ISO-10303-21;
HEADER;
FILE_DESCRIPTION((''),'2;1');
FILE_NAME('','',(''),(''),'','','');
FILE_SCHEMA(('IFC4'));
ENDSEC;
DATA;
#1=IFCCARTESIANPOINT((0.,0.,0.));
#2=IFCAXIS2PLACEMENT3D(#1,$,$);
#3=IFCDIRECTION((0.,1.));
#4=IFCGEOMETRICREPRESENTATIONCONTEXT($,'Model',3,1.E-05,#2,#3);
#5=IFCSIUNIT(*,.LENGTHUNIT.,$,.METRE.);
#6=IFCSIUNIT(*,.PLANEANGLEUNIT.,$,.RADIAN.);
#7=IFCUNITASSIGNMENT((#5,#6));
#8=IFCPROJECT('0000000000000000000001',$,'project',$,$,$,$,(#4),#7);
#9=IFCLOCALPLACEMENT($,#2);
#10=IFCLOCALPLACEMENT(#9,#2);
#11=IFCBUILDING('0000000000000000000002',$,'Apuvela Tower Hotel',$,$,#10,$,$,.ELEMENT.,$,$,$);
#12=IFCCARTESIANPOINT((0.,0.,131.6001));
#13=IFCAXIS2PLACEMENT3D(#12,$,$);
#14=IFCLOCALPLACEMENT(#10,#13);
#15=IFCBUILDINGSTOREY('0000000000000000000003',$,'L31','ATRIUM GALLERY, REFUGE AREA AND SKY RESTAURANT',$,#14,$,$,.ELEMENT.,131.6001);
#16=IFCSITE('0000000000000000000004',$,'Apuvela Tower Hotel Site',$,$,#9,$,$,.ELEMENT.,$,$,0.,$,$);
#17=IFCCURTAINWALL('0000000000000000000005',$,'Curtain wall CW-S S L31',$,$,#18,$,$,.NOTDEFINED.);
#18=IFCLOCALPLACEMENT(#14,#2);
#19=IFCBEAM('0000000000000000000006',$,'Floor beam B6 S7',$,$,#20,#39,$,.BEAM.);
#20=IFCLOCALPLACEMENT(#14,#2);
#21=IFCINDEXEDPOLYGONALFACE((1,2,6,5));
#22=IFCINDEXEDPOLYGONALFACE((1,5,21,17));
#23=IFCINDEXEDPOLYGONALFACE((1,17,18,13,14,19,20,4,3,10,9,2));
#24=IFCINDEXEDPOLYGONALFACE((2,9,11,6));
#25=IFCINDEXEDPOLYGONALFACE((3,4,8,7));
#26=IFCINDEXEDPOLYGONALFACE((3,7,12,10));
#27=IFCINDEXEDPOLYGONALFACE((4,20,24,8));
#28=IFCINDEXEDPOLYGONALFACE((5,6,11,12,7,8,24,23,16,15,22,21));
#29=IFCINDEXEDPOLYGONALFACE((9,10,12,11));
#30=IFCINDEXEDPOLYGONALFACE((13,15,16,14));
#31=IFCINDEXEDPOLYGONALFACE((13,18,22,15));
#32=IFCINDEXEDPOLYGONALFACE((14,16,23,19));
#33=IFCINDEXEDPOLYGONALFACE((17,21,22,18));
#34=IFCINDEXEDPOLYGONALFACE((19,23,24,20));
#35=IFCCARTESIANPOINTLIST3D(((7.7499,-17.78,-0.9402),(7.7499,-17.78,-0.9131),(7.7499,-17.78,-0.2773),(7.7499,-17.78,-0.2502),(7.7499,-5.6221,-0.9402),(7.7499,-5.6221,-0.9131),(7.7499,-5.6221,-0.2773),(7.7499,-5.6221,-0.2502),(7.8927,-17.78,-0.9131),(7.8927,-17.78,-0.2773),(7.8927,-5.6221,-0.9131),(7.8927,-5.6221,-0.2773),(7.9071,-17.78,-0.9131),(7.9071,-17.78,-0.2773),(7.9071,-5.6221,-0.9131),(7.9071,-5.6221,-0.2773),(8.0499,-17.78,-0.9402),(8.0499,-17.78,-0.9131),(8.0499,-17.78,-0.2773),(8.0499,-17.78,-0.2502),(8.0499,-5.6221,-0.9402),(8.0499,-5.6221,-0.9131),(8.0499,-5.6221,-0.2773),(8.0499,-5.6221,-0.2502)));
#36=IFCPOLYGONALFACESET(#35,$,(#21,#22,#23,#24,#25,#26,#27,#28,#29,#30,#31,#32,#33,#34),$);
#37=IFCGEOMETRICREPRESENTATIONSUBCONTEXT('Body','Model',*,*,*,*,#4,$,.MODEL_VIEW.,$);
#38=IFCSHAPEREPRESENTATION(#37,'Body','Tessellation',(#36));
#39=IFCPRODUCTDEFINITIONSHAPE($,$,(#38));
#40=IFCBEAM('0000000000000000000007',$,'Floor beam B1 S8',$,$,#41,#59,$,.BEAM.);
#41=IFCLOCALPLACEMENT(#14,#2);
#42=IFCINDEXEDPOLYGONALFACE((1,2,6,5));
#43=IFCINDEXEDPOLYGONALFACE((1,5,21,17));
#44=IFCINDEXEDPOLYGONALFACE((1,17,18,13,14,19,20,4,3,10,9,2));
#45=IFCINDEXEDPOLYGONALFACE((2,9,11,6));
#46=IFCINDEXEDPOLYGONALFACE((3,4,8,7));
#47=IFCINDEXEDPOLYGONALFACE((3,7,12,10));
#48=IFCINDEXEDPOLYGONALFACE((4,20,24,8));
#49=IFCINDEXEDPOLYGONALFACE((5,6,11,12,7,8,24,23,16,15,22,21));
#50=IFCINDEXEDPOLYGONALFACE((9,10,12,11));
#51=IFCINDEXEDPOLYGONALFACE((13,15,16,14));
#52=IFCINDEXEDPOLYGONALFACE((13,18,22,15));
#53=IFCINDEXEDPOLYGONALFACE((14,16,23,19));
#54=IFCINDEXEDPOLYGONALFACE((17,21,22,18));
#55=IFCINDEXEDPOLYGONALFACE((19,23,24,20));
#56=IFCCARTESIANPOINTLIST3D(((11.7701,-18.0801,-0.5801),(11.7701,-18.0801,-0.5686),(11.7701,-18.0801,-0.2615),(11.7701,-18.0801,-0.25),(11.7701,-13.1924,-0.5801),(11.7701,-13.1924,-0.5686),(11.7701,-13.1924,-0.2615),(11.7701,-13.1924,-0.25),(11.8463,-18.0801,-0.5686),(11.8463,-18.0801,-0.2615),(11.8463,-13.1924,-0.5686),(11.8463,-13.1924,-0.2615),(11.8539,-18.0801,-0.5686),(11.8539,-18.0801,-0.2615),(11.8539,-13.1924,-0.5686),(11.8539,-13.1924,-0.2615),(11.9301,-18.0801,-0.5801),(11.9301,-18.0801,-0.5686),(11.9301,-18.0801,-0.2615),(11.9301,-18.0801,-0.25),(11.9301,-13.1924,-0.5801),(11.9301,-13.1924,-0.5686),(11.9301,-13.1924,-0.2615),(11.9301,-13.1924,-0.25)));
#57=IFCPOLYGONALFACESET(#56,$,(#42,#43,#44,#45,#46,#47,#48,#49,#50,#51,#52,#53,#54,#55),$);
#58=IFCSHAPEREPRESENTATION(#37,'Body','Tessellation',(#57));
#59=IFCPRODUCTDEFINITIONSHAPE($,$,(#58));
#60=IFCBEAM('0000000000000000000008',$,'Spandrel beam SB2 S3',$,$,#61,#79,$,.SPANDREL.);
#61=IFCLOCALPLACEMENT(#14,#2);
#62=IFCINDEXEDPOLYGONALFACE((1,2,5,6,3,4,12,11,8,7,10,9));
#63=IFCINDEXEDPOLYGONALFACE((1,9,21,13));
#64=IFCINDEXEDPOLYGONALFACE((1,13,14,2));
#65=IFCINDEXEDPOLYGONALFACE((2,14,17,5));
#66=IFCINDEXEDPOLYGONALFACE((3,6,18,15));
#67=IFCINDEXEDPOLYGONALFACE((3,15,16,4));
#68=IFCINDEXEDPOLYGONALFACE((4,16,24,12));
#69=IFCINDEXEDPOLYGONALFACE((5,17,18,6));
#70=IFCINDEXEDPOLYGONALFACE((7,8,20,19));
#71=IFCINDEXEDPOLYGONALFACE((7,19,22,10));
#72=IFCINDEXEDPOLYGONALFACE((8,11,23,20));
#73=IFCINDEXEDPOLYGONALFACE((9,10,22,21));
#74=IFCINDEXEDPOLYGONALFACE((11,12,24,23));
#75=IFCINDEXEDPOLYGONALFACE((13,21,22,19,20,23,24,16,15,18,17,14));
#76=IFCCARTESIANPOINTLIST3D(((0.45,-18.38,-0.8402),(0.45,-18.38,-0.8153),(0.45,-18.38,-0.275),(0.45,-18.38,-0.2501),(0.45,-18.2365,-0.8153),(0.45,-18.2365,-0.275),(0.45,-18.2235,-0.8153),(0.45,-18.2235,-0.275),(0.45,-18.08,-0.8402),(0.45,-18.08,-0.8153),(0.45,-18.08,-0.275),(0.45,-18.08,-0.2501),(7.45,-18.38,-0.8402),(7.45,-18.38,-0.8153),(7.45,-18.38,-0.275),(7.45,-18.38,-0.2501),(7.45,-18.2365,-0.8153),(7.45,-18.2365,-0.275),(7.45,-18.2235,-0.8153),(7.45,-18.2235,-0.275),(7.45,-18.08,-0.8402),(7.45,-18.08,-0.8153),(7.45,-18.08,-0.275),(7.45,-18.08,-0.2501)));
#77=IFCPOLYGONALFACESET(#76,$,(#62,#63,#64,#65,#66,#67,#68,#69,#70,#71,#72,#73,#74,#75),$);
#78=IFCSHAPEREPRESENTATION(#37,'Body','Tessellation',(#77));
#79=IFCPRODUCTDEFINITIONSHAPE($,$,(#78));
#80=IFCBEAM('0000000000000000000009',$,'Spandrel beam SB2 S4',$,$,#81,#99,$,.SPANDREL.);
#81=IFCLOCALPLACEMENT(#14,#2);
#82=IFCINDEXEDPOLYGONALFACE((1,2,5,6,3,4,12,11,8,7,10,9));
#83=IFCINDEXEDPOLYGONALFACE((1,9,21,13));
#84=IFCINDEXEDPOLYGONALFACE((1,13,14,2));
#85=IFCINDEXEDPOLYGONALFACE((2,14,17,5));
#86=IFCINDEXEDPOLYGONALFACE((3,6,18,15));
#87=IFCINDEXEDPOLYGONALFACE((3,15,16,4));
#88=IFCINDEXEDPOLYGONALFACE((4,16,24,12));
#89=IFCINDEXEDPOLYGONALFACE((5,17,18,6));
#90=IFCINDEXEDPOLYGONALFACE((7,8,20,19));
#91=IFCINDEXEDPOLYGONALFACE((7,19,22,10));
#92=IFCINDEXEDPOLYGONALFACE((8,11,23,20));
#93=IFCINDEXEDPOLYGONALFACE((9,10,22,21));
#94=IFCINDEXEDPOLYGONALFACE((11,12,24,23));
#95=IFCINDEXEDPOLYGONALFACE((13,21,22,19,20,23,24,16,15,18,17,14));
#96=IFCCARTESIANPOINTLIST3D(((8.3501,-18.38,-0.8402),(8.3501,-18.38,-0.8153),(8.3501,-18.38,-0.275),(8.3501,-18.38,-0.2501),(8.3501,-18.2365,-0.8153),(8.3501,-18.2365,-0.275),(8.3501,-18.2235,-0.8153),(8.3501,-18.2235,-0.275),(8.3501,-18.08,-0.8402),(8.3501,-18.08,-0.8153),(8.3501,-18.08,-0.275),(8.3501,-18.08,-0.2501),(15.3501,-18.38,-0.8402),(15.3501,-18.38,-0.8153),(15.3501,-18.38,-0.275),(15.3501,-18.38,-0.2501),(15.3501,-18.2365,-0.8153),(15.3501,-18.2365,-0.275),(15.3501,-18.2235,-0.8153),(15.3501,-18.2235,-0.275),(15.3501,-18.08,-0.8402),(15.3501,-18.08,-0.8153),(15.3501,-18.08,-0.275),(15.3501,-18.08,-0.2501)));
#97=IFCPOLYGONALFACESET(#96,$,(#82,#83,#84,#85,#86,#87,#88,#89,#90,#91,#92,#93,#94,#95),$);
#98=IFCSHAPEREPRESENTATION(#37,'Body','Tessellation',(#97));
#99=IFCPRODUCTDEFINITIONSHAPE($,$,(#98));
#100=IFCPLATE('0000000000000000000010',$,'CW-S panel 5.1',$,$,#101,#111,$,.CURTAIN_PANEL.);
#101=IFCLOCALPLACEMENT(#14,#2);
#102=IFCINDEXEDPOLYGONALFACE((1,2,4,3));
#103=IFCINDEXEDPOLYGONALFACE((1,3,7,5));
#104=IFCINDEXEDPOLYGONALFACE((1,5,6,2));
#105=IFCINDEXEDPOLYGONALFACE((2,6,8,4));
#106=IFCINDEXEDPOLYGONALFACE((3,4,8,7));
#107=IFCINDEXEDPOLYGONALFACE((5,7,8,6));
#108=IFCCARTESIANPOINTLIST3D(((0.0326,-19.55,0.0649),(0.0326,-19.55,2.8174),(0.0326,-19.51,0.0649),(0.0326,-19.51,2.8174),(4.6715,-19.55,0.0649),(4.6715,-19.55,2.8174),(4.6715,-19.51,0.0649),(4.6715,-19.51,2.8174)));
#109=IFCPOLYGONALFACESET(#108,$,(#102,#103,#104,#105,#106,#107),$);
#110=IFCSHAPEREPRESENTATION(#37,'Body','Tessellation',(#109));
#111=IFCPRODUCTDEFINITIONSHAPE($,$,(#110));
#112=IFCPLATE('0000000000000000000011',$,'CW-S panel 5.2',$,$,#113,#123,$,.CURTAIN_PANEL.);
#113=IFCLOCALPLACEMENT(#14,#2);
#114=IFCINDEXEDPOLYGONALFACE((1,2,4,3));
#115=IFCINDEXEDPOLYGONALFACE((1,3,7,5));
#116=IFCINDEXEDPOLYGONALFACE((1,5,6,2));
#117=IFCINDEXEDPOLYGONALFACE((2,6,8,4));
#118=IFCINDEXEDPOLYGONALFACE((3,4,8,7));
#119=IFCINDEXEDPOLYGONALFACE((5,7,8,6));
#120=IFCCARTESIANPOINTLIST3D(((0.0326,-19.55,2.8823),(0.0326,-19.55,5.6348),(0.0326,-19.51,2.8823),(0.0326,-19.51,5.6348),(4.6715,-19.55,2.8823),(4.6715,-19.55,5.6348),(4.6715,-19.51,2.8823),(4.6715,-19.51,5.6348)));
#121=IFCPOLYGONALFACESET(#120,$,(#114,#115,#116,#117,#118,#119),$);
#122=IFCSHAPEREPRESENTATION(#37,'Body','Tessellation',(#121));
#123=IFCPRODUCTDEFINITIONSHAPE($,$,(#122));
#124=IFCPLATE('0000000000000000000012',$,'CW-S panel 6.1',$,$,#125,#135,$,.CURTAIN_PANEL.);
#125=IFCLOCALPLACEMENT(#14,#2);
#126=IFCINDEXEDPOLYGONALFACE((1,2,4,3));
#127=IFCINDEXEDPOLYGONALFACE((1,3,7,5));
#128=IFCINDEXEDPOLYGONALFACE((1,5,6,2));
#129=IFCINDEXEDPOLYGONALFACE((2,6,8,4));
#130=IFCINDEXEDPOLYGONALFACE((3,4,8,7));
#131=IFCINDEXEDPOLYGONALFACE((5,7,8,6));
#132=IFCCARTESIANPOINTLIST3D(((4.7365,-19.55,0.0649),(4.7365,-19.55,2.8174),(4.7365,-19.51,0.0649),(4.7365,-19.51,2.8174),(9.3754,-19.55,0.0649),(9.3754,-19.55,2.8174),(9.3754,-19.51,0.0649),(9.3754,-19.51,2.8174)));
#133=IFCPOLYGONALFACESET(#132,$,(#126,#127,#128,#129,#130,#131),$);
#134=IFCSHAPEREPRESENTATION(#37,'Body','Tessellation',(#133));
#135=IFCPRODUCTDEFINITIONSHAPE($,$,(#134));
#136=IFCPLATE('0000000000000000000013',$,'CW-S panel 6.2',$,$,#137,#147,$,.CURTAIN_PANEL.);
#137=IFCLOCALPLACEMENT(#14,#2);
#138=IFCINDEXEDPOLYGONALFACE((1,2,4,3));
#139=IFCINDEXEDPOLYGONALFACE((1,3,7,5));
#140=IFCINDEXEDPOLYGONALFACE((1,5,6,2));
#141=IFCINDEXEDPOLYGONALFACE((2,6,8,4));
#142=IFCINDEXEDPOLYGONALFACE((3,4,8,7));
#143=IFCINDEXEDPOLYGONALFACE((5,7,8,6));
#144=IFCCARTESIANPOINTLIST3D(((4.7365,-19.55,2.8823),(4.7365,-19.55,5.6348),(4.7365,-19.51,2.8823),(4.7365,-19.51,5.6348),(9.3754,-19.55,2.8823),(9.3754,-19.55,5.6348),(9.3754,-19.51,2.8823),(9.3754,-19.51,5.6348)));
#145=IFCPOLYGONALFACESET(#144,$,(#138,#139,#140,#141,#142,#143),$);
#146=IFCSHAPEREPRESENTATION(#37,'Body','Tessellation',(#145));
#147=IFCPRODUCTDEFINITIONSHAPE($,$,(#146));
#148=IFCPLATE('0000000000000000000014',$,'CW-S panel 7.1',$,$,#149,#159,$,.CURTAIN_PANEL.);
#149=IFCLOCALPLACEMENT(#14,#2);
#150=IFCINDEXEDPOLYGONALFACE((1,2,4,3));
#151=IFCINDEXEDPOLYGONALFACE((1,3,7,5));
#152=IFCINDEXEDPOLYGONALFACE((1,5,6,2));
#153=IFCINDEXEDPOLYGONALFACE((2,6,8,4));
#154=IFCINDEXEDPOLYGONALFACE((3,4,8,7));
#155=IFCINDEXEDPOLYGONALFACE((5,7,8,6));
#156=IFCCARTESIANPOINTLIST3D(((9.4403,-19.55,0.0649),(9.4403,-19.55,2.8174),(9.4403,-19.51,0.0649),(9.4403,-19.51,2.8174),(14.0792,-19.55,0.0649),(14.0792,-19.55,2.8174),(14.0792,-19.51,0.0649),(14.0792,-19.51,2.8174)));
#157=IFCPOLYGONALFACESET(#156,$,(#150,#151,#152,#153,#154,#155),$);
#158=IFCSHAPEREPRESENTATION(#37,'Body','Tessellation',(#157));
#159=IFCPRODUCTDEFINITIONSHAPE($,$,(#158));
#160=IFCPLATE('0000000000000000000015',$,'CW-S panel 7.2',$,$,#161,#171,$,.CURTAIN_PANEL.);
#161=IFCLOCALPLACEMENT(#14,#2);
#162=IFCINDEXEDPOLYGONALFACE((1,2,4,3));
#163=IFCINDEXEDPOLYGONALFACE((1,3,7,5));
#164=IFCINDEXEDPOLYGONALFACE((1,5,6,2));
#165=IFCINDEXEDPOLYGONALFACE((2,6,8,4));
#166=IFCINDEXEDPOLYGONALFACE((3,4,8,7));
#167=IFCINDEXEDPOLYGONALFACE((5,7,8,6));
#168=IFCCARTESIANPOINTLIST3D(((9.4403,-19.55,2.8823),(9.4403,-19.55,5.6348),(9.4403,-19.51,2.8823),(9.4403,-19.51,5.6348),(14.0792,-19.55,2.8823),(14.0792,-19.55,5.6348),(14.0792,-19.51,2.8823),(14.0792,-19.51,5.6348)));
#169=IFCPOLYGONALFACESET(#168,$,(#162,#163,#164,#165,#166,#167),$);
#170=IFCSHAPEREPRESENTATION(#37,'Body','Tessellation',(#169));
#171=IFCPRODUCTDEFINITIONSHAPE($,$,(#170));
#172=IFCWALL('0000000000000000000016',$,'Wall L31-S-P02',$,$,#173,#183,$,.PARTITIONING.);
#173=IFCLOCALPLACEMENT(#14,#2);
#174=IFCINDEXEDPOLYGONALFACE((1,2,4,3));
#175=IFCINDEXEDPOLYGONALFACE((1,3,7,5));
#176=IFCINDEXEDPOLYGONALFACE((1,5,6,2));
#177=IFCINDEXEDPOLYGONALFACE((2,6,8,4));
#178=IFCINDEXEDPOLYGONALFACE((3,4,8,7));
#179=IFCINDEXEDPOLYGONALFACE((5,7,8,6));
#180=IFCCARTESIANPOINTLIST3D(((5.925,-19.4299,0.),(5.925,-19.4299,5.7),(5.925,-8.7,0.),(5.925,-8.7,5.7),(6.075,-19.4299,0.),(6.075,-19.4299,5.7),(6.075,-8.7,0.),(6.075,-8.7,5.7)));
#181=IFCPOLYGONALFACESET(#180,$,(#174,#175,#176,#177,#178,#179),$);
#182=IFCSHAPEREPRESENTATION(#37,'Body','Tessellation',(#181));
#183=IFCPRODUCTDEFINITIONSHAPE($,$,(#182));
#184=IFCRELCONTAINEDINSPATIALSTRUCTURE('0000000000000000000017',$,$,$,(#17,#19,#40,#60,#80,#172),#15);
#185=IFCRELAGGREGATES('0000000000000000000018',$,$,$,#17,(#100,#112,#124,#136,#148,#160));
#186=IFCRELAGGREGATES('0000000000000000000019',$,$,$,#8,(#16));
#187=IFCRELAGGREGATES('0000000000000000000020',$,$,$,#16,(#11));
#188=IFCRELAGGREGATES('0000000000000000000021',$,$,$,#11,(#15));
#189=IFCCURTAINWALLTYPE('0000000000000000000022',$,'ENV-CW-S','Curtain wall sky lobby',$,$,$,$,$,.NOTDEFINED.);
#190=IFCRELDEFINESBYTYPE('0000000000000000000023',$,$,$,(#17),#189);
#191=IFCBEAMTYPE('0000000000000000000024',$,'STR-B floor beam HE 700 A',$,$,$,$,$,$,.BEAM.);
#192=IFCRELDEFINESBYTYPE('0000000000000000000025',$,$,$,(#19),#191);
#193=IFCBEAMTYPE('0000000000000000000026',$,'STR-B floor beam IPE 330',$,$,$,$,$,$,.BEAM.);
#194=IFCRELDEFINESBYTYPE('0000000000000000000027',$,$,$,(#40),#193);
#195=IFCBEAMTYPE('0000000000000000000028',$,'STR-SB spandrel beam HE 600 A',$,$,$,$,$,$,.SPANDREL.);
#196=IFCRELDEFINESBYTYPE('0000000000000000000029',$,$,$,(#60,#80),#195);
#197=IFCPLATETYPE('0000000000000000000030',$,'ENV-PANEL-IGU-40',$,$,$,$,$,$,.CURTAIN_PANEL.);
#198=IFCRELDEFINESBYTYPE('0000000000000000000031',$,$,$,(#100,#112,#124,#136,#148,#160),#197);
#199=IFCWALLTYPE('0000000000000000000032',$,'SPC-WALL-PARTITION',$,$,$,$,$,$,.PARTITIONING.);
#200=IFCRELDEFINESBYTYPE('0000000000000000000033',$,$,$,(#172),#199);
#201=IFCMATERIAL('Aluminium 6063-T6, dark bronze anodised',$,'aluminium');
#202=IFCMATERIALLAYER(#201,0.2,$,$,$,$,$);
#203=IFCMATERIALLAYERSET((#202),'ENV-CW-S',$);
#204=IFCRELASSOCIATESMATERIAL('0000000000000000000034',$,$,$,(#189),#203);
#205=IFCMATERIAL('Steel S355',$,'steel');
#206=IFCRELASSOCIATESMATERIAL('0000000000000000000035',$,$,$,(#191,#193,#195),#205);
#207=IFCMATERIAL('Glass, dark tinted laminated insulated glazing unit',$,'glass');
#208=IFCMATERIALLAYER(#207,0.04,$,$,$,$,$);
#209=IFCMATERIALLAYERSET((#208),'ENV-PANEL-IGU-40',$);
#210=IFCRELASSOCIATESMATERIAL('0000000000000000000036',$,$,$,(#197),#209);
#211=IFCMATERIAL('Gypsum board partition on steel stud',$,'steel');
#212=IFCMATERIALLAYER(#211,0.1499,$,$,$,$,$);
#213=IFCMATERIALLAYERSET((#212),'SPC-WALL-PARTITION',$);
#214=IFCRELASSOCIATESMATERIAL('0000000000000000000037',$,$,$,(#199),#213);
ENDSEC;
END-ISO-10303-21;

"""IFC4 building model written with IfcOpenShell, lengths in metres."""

from ifc_helpers import new_model, si_unit, direction, frame, frame_2d, origin, origin_2d, place, context, subcontext, project, spatial, rectangle, i_section, extrude, material, layer, layer_set, material_profile, profile_set, type_object, element, aggregate, save


model = new_model("IFC4")

# Units and contexts
model_context = context("Model", 3, precision=1e-05, world=origin(), true_north=direction((0.0, 1.0)))
body_context = subcontext(model_context, "Body", "Model", "MODEL_VIEW")
ifc_project = project(units=[si_unit("LENGTHUNIT", "METRE"), si_unit("PLANEANGLEUNIT", "RADIAN")], contexts=[model_context])

# Site, building, storey
site_placement = place(None, origin())
site = spatial("IfcSite", under=ifc_project, at=site_placement, Name="Apuvela Tower Hotel Site", CompositionType="ELEMENT", RefElevation=0.0)
building_placement = place(site_placement, origin())
building = spatial("IfcBuilding", under=site, at=building_placement, Name="Apuvela Tower Hotel", CompositionType="ELEMENT")
storey_placement = place(building_placement, frame((0.0, 0.0, 131.6001)))
storey = spatial("IfcBuildingStorey", under=building, at=storey_placement, Name="L31", Description="ATRIUM GALLERY, REFUGE AREA AND SKY RESTAURANT", CompositionType="ELEMENT", Elevation=131.6001)

# Curtain wall
ifc_material_1 = material(Name="Aluminium 6063-T6, dark bronze anodised", Category="aluminium")
ifc_layer_1 = layer(ifc_material_1, 0.2)
ifc_layer_set_1 = layer_set([ifc_layer_1], Name="ENV-CW-S")
curtain_wall_type = type_object("IfcCurtainWallType", Name="ENV-CW-S", Description="Curtain wall sky lobby", PredefinedType="NOTDEFINED", material=ifc_layer_set_1)
curtain_wall_placement = place(storey_placement, origin())
curtain_wall = element("IfcCurtainWall", 1, at=curtain_wall_placement, inside=storey, type_object=curtain_wall_type, Name="Curtain wall CW-S S L31", PredefinedType="NOTDEFINED")

# Beams
ifc_material_2 = material(Name="Steel S355", Category="steel")
ifc_material_profile_1 = material_profile(ifc_material_2, i_section(OverallWidth=0.3, OverallDepth=0.6899, WebThickness=0.0144, FlangeThickness=0.0271, at=origin_2d()), Name="HE 700 A")
ifc_profile_set_1 = profile_set([ifc_material_profile_1], Name="Steel S355")
beam_type_1 = type_object("IfcBeamType", Name="STR-B floor beam HE 700 A", PredefinedType="BEAM", material=ifc_profile_set_1)
beam_1_placement = place(storey_placement, frame((7.8999, -17.78, -0.5952), z_axis=(0.0, 1.0, 0.0), x_axis=(-1.0, 0.0, 0.0)))
element("IfcBeam", 2, at=beam_1_placement, inside=storey, type_object=beam_type_1, Name="Floor beam B6 S7", PredefinedType="BEAM", context=body_context, shape_type="SweptSolid", body=[
    extrude(i_section(OverallWidth=0.3, OverallDepth=0.6899, WebThickness=0.0144, FlangeThickness=0.0271, at=origin_2d()), origin(), (0.0, 0.0, 1.0), 12.158),
])
ifc_material_profile_2 = material_profile(ifc_material_2, i_section(OverallWidth=0.1599, OverallDepth=0.3301, WebThickness=0.0076, FlangeThickness=0.0115, at=origin_2d()), Name="IPE 330")
ifc_profile_set_2 = profile_set([ifc_material_profile_2], Name="Steel S355")
beam_type_2 = type_object("IfcBeamType", Name="STR-B floor beam IPE 330", PredefinedType="BEAM", material=ifc_profile_set_2)
beam_2_placement = place(storey_placement, frame((11.8501, -18.0801, -0.415), z_axis=(0.0, 1.0, 0.0), x_axis=(-1.0, 0.0, 0.0)))
element("IfcBeam", 3, at=beam_2_placement, inside=storey, type_object=beam_type_2, Name="Floor beam B1 S8", PredefinedType="BEAM", context=body_context, shape_type="SweptSolid", body=[
    extrude(i_section(OverallWidth=0.1599, OverallDepth=0.3301, WebThickness=0.0076, FlangeThickness=0.0115, at=origin_2d()), origin(), (0.0, 0.0, 1.0), 4.8877),
])
ifc_material_profile_3 = material_profile(ifc_material_2, i_section(OverallWidth=0.3, OverallDepth=0.5901, WebThickness=0.0129, FlangeThickness=0.0249, at=origin_2d()), Name="HE 600 A")
ifc_profile_set_3 = profile_set([ifc_material_profile_3], Name="Steel S355")
beam_type_3 = type_object("IfcBeamType", Name="STR-SB spandrel beam HE 600 A", PredefinedType="SPANDREL", material=ifc_profile_set_3)
for number, where, z_axis, x_axis, name in (
    (4, (0.45, -18.23, -0.5452), (1.0, 0.0, 0.0), (0.0, 1.0, 0.0), "Spandrel beam SB2 S3"),
    (5, (8.3501, -18.23, -0.5452), (1.0, 0.0, 0.0), (0.0, 1.0, 0.0), "Spandrel beam SB2 S4"),
):
    element("IfcBeam", number, at=place(storey_placement, frame(where, z_axis=z_axis, x_axis=x_axis)), inside=storey, type_object=beam_type_3, Name=name, PredefinedType="SPANDREL", context=body_context, shape_type="SweptSolid", body=[
        extrude(i_section(OverallWidth=0.3, OverallDepth=0.5901, WebThickness=0.0129, FlangeThickness=0.0249, at=origin_2d()), origin(), (0.0, 0.0, 1.0), 7.0),
    ])

# Plates
ifc_material_3 = material(Name="Glass, dark tinted laminated insulated glazing unit", Category="glass")
ifc_layer_2 = layer(ifc_material_3, 0.04)
ifc_layer_set_2 = layer_set([ifc_layer_2], Name="ENV-PANEL-IGU-40")
plate_type = type_object("IfcPlateType", Name="ENV-PANEL-IGU-40", PredefinedType="CURTAIN_PANEL", material=ifc_layer_set_2)
plate_1_placement = place(storey_placement, frame((2.3521, -19.53, 0.0649), z_axis=(0.0, 0.0, 1.0), x_axis=(1.0, 0.0, 0.0)))
plate_1 = element("IfcPlate", 6, at=plate_1_placement, type_object=plate_type, Name="CW-S panel 5.1", PredefinedType="CURTAIN_PANEL", context=body_context, shape_type="SweptSolid", body=[
    extrude(rectangle(XDim=4.6389, YDim=0.04, at=origin_2d()), origin(), (0.0, 0.0, 1.0), 2.7524),
])
plate_2_placement = place(storey_placement, frame((2.3521, -19.53, 2.8823), z_axis=(0.0, 0.0, 1.0), x_axis=(1.0, 0.0, 0.0)))
plate_2 = element("IfcPlate", 7, at=plate_2_placement, type_object=plate_type, Name="CW-S panel 5.2", PredefinedType="CURTAIN_PANEL", context=body_context, shape_type="SweptSolid", body=[
    extrude(rectangle(XDim=4.6389, YDim=0.04, at=origin_2d()), origin(), (0.0, 0.0, 1.0), 2.7524),
])
plate_3_placement = place(storey_placement, frame((7.0559, -19.53, 0.0649), z_axis=(0.0, 0.0, 1.0), x_axis=(1.0, 0.0, 0.0)))
plate_3 = element("IfcPlate", 8, at=plate_3_placement, type_object=plate_type, Name="CW-S panel 6.1", PredefinedType="CURTAIN_PANEL", context=body_context, shape_type="SweptSolid", body=[
    extrude(rectangle(XDim=4.6389, YDim=0.04, at=origin_2d()), origin(), (0.0, 0.0, 1.0), 2.7524),
])
plate_4_placement = place(storey_placement, frame((7.0559, -19.53, 2.8823), z_axis=(0.0, 0.0, 1.0), x_axis=(1.0, 0.0, 0.0)))
plate_4 = element("IfcPlate", 9, at=plate_4_placement, type_object=plate_type, Name="CW-S panel 6.2", PredefinedType="CURTAIN_PANEL", context=body_context, shape_type="SweptSolid", body=[
    extrude(rectangle(XDim=4.6389, YDim=0.04, at=origin_2d()), origin(), (0.0, 0.0, 1.0), 2.7524),
])
plate_5_placement = place(storey_placement, frame((11.7598, -19.53, 0.0649), z_axis=(0.0, 0.0, 1.0), x_axis=(1.0, 0.0, 0.0)))
plate_5 = element("IfcPlate", 10, at=plate_5_placement, type_object=plate_type, Name="CW-S panel 7.1", PredefinedType="CURTAIN_PANEL", context=body_context, shape_type="SweptSolid", body=[
    extrude(rectangle(XDim=4.6389, YDim=0.04, at=origin_2d()), origin(), (0.0, 0.0, 1.0), 2.7524),
])
plate_6_placement = place(storey_placement, frame((11.7598, -19.53, 2.8823), z_axis=(0.0, 0.0, 1.0), x_axis=(1.0, 0.0, 0.0)))
plate_6 = element("IfcPlate", 11, at=plate_6_placement, type_object=plate_type, Name="CW-S panel 7.2", PredefinedType="CURTAIN_PANEL", context=body_context, shape_type="SweptSolid", body=[
    extrude(rectangle(XDim=4.6389, YDim=0.04, at=origin_2d()), origin(), (0.0, 0.0, 1.0), 2.7524),
])
aggregate(curtain_wall, [plate_1, plate_2, plate_3, plate_4, plate_5, plate_6])

# Wall
ifc_material_4 = material(Name="Gypsum board partition on steel stud", Category="steel")
ifc_layer_3 = layer(ifc_material_4, 0.1499)
ifc_layer_set_3 = layer_set([ifc_layer_3], Name="SPC-WALL-PARTITION")
wall_type = type_object("IfcWallType", Name="SPC-WALL-PARTITION", PredefinedType="PARTITIONING", material=ifc_layer_set_3)
wall_placement = place(storey_placement, frame((6.0, -19.4299, 0.0), z_axis=(0.0, 0.0, 1.0), x_axis=(0.0, 1.0, 0.0)))
element("IfcWall", 12, at=wall_placement, inside=storey, type_object=wall_type, Name="Wall L31-S-P02", PredefinedType="PARTITIONING", context=body_context, shape_type="SweptSolid", body=[
    extrude(rectangle(XDim=10.73, YDim=0.1499, at=frame_2d((5.365, 0.0))), origin(), (0.0, 0.0, 1.0), 5.7),
])

save(model, "model.ifc")
